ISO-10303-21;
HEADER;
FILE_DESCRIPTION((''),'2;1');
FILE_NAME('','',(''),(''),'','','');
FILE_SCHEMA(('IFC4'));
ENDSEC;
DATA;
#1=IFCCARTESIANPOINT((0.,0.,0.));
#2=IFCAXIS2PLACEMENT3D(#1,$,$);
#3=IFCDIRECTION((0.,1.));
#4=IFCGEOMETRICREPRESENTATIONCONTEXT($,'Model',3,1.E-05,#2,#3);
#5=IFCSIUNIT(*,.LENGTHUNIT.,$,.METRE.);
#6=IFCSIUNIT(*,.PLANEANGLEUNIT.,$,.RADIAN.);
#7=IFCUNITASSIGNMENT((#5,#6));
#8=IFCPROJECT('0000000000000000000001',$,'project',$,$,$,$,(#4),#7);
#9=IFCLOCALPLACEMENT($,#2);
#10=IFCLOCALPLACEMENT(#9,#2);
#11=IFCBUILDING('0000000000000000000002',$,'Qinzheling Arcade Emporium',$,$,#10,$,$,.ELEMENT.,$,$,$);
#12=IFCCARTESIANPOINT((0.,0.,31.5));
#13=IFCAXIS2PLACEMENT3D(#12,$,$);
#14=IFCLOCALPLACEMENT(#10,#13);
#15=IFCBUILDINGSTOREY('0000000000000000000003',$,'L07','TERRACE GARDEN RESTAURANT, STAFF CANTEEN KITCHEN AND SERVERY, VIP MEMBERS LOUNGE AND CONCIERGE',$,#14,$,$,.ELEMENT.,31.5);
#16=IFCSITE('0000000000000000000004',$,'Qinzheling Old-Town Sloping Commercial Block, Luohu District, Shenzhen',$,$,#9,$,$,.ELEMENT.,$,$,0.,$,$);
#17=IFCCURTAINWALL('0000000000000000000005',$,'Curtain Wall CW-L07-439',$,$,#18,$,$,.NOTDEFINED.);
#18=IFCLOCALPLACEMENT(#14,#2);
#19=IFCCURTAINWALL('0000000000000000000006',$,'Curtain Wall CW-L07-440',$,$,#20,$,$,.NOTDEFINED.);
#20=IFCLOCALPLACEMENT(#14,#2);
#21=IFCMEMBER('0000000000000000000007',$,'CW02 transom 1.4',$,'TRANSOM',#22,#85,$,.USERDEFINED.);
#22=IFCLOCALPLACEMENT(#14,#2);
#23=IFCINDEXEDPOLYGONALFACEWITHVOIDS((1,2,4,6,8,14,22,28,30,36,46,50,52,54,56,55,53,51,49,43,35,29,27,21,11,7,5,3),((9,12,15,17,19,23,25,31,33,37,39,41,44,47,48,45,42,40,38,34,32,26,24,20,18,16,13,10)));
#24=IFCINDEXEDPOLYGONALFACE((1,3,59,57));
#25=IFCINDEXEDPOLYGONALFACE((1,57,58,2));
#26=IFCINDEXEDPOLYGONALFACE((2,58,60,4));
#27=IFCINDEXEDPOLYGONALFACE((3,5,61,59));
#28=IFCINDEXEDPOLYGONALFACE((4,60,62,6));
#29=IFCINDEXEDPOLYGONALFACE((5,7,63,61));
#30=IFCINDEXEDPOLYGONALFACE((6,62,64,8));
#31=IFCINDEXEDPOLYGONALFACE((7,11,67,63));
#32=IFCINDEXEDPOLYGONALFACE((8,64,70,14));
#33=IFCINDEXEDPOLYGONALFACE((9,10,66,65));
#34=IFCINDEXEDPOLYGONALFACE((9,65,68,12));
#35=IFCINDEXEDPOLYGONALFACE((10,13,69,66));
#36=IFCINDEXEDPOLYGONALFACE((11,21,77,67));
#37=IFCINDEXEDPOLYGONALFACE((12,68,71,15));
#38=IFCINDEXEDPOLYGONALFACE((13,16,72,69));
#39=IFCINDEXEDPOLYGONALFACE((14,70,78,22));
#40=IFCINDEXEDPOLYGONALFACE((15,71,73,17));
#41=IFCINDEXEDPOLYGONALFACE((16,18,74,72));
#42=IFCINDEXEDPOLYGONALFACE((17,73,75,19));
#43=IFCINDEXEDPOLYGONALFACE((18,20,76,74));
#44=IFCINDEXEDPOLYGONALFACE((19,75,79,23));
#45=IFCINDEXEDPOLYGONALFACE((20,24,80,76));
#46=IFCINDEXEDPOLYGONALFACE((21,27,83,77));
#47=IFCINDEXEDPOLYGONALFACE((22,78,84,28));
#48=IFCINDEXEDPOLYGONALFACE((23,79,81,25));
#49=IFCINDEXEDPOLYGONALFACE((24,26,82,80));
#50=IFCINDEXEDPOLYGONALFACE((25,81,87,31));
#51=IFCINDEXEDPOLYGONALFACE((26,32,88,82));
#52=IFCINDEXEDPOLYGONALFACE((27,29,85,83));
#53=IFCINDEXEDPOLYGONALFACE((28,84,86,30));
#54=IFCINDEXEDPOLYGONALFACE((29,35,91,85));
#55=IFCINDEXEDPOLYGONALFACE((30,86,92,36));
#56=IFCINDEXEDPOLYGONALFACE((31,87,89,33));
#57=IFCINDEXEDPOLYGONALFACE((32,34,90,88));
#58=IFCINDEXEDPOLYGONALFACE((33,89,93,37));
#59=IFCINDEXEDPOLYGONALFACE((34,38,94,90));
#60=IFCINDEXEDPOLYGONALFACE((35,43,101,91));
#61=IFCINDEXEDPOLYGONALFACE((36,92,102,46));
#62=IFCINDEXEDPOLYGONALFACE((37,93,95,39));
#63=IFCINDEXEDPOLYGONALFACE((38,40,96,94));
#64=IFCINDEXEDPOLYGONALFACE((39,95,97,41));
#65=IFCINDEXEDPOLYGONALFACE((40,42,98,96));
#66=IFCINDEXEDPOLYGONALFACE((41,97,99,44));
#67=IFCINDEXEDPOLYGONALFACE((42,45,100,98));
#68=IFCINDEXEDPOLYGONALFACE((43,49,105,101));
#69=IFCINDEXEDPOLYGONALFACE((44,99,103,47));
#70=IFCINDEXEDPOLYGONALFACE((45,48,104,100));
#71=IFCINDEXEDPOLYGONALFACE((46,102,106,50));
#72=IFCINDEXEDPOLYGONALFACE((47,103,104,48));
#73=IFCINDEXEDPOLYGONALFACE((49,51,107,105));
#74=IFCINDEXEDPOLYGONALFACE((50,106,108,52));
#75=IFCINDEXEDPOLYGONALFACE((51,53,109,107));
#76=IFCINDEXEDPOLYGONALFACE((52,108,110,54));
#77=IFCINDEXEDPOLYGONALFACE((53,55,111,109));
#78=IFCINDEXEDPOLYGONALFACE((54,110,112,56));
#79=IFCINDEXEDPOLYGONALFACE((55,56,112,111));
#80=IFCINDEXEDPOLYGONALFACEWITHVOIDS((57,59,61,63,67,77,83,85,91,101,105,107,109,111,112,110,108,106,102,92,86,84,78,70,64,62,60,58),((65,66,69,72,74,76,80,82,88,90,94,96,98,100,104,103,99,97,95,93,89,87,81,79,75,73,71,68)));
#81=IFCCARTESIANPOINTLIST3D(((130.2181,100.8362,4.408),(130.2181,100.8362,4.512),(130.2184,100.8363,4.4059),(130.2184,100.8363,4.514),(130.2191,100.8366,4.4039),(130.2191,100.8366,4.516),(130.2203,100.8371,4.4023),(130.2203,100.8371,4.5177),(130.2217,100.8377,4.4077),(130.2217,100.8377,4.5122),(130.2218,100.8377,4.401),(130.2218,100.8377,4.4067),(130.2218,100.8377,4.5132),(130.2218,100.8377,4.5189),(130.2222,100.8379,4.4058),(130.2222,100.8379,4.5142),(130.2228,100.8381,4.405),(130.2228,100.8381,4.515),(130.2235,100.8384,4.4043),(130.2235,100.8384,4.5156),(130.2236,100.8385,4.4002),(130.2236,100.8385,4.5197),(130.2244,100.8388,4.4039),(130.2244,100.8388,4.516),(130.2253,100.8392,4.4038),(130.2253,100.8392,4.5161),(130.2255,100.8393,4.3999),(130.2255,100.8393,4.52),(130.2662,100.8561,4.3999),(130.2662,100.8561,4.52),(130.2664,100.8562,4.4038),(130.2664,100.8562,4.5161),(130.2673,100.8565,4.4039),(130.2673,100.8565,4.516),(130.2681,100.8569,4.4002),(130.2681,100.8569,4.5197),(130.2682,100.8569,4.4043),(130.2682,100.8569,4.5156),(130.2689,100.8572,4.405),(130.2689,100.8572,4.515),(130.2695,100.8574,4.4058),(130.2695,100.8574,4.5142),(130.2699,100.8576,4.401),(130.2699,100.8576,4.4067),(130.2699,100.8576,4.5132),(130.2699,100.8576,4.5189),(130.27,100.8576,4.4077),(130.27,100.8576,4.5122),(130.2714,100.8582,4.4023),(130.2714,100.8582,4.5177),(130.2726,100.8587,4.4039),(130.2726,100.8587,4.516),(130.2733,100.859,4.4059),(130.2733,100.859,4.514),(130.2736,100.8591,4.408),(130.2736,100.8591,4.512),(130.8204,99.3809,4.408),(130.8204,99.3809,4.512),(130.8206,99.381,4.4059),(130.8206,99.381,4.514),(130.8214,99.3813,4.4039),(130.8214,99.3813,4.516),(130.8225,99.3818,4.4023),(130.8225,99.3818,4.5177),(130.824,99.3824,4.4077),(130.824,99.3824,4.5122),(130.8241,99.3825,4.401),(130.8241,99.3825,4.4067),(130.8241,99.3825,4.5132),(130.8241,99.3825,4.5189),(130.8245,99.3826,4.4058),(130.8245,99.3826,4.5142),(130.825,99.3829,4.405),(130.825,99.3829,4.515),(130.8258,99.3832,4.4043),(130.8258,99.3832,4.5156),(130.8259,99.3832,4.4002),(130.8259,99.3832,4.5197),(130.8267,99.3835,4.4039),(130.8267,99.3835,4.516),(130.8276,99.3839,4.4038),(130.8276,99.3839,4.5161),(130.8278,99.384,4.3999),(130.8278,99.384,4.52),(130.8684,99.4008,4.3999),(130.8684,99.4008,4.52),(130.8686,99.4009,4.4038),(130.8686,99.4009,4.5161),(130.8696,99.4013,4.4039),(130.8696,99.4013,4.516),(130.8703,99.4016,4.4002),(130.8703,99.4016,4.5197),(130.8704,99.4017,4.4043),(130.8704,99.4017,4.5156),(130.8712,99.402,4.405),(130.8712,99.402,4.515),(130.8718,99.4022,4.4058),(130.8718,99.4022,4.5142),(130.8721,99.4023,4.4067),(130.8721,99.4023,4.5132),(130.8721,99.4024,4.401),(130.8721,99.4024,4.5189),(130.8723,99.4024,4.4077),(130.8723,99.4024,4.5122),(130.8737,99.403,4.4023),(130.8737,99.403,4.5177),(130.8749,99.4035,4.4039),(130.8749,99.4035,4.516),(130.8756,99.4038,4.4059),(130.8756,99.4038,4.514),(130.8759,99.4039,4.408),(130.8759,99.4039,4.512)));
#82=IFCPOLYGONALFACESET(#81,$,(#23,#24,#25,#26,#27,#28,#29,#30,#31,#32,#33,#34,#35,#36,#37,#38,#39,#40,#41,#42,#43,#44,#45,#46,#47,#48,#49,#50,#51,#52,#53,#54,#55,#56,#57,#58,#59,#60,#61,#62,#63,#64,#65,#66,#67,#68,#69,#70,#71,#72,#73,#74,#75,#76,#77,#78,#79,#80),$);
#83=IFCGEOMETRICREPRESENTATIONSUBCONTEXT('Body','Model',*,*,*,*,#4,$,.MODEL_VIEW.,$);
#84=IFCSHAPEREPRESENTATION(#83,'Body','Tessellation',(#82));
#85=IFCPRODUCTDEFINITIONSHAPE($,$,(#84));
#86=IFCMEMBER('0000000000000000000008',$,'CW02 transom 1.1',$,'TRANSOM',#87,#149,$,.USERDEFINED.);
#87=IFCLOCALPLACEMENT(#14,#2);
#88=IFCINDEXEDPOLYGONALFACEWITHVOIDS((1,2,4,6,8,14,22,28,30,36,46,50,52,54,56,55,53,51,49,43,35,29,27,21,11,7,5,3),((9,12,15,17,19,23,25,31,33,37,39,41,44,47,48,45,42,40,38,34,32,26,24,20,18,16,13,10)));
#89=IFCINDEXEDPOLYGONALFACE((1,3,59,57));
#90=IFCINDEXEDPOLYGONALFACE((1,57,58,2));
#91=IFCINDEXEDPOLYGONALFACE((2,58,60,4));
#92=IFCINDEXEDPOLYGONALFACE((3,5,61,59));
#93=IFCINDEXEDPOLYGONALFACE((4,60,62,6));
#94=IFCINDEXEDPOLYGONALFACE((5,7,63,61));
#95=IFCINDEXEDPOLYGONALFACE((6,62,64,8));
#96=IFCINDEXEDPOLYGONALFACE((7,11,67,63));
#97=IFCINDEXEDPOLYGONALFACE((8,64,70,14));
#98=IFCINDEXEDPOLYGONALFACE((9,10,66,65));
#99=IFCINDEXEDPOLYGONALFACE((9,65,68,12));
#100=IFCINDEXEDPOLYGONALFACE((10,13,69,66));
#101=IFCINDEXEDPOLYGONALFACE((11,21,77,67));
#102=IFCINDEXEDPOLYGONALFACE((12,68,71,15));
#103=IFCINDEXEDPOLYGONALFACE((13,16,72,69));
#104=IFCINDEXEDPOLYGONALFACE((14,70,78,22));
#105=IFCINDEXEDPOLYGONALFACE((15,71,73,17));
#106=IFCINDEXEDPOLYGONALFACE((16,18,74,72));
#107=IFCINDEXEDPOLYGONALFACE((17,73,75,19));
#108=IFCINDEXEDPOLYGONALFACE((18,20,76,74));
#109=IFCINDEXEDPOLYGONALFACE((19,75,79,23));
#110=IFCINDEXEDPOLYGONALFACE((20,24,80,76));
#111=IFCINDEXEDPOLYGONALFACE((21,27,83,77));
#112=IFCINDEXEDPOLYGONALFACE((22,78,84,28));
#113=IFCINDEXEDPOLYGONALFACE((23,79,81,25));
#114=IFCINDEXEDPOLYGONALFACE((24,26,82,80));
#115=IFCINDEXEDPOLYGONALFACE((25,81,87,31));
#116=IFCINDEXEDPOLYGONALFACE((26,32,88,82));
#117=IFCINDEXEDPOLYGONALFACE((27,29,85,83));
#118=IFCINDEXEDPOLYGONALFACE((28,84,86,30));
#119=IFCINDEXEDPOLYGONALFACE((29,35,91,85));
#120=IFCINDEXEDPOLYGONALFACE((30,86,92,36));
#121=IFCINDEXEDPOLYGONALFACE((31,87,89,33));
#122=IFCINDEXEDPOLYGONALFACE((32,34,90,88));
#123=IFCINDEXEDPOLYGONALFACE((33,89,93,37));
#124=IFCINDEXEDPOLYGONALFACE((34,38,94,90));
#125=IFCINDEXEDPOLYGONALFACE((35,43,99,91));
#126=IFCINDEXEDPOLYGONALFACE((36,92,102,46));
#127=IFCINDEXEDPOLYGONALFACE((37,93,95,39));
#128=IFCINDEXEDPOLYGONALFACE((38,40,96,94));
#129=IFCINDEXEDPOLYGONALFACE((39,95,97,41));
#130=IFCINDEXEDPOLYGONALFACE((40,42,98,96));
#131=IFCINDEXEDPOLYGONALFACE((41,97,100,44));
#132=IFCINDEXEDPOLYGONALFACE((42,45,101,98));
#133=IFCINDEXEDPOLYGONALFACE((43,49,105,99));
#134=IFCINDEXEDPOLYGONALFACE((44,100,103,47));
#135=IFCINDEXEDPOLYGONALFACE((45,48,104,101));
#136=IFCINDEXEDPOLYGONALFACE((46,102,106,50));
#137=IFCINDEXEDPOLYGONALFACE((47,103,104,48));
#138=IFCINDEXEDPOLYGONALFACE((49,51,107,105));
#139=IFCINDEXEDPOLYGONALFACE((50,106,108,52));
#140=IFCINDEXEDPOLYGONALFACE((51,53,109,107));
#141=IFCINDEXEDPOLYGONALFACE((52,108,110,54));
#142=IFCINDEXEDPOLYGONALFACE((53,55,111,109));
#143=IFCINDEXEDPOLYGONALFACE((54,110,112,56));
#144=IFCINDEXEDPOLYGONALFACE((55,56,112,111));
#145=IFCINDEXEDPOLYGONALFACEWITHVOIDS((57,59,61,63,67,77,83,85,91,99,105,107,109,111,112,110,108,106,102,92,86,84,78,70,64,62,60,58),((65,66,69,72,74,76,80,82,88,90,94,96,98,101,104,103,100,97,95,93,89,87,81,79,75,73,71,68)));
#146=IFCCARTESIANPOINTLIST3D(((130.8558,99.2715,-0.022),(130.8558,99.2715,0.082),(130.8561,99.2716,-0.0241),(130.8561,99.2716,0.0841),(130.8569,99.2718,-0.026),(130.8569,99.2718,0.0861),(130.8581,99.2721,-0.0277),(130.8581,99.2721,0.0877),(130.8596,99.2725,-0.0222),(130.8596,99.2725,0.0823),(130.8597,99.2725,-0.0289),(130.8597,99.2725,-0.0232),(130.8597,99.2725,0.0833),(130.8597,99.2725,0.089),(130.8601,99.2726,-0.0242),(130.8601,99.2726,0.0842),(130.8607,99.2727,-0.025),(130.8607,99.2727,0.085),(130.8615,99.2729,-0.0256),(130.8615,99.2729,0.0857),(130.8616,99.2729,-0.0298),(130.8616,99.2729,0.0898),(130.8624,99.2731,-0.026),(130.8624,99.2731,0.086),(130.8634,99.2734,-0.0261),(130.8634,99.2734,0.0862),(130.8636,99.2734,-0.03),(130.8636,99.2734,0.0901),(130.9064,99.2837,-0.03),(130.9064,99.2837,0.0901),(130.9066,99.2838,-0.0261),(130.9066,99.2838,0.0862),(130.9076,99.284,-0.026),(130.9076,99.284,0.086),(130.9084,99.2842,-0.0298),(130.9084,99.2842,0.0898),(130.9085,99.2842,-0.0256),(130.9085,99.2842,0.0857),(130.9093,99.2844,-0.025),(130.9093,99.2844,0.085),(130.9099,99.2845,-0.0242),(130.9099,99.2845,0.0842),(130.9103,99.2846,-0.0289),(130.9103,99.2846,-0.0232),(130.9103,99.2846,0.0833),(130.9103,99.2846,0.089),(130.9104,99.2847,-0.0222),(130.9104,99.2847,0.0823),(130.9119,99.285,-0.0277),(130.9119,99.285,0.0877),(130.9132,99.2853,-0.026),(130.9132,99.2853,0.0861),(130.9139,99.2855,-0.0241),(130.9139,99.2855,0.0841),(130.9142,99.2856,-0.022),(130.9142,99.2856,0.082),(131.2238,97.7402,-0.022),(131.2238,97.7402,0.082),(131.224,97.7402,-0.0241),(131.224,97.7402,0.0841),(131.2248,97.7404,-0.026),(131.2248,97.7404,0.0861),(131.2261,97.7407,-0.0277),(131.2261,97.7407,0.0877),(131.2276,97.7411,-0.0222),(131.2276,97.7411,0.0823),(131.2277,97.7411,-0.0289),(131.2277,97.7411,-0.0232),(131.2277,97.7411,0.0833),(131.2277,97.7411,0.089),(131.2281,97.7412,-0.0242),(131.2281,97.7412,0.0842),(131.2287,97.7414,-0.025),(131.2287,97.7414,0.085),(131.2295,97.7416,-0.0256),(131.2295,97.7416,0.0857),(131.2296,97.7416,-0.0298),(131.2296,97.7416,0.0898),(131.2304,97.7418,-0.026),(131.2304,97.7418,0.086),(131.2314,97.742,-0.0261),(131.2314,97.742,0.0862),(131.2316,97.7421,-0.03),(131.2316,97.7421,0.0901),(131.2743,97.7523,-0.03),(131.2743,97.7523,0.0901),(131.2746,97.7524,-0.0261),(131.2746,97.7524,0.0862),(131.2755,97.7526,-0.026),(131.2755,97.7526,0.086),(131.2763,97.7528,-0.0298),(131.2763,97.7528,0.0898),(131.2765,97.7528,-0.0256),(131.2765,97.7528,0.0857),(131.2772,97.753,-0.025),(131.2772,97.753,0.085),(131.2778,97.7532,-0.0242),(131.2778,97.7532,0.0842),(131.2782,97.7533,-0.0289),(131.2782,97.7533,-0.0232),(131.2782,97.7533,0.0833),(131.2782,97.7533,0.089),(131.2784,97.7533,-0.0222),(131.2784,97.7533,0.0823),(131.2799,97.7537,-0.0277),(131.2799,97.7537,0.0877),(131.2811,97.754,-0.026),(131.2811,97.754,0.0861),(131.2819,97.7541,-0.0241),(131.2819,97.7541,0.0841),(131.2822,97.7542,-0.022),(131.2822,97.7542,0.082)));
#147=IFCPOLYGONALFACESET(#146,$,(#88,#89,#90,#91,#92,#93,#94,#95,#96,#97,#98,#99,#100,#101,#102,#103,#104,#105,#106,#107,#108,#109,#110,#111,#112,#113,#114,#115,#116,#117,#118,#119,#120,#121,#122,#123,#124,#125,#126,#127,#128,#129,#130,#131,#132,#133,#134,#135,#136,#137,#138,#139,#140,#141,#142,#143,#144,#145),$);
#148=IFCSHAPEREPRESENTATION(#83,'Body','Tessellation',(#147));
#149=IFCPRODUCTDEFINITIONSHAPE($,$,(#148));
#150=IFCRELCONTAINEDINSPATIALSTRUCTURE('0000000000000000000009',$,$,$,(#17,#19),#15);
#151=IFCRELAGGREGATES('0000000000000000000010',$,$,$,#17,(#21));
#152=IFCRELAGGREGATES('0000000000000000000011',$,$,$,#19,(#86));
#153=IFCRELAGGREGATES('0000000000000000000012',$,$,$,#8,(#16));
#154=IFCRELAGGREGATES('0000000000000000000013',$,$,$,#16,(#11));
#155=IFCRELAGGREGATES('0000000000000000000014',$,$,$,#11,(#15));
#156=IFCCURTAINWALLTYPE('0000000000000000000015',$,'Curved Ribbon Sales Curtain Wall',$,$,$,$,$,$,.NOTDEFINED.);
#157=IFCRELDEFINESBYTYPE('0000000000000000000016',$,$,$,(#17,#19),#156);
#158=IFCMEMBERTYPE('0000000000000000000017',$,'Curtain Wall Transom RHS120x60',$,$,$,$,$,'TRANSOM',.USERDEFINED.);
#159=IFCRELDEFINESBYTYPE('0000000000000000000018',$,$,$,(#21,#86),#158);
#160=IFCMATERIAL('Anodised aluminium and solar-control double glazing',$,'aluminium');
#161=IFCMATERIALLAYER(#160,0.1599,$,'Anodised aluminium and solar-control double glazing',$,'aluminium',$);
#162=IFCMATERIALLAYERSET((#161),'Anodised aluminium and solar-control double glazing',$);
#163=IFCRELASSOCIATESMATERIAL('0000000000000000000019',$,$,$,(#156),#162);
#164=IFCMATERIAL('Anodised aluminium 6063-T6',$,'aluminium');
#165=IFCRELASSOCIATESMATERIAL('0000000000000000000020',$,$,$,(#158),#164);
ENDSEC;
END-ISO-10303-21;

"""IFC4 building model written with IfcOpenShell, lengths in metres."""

from ifc_helpers import new_model, si_unit, direction, frame, origin, origin_2d, place, context, subcontext, project, spatial, hollow_rectangle, extrude, material, layer, layer_set, material_profile, profile_set, type_object, element, aggregate, save


model = new_model("IFC4")

# Units and contexts
model_context = context("Model", 3, precision=1e-05, world=origin(), true_north=direction((0.0, 1.0)))
body_context = subcontext(model_context, "Body", "Model", "MODEL_VIEW")
ifc_project = project(units=[si_unit("LENGTHUNIT", "METRE"), si_unit("PLANEANGLEUNIT", "RADIAN")], contexts=[model_context])

# Site, building, storey
site_placement = place(None, origin())
site = spatial("IfcSite", under=ifc_project, at=site_placement, Name="Qinzheling Old-Town Sloping Commercial Block, Luohu District, Shenzhen", CompositionType="ELEMENT", RefElevation=0.0)
building_placement = place(site_placement, origin())
building = spatial("IfcBuilding", under=site, at=building_placement, Name="Qinzheling Arcade Emporium", CompositionType="ELEMENT")
storey_placement = place(building_placement, frame((0.0, 0.0, 31.5)))
storey = spatial("IfcBuildingStorey", under=building, at=storey_placement, Name="L07", Description="TERRACE GARDEN RESTAURANT, STAFF CANTEEN KITCHEN AND SERVERY, VIP MEMBERS LOUNGE AND CONCIERGE", CompositionType="ELEMENT", Elevation=31.5)

# Shared definitions
ifc_material_1 = material(Name="Anodised aluminium and solar-control double glazing", Category="aluminium")
ifc_layer_1 = layer(ifc_material_1, 0.1599, Name="Anodised aluminium and solar-control double glazing", Category="aluminium")
ifc_layer_set_1 = layer_set([ifc_layer_1], Name="Anodised aluminium and solar-control double glazing")
curtain_wall_type = type_object("IfcCurtainWallType", Name="Curved Ribbon Sales Curtain Wall", PredefinedType="NOTDEFINED", material=ifc_layer_set_1)
ifc_material_2 = material(Name="Anodised aluminium 6063-T6", Category="aluminium")

# Curtain walls
curtain_wall_1_placement = place(storey_placement, origin())
curtain_wall_1 = element("IfcCurtainWall", 1, at=curtain_wall_1_placement, inside=storey, type_object=curtain_wall_type, Name="Curtain Wall CW-L07-439", PredefinedType="NOTDEFINED")
curtain_wall_2_placement = place(storey_placement, origin())
curtain_wall_2 = element("IfcCurtainWall", 2, at=curtain_wall_2_placement, inside=storey, type_object=curtain_wall_type, Name="Curtain Wall CW-L07-440", PredefinedType="NOTDEFINED")

# Members
ifc_material_profile_1 = material_profile(ifc_material_2, hollow_rectangle(XDim=0.0601, YDim=0.1201, WallThickness=0.0039, InnerFilletRadius=0.0039, OuterFilletRadius=0.0081, at=origin_2d()), Name="RHS 120x60x4", Category="aluminium")
ifc_profile_set_1 = profile_set([ifc_material_profile_1], Name="Anodised aluminium 6063-T6")
member_type_1 = type_object("IfcMemberType", Name="Curtain Wall Transom RHS120x60", ElementType="TRANSOM", PredefinedType="USERDEFINED", material=ifc_profile_set_1)
member_1_placement = place(storey_placement, frame((130.2458, 100.8477, 4.46), z_axis=(0.382402, -0.923996, 0.0), x_axis=(0.923996, 0.382402, 0.0)))
member_1 = element("IfcMember", 3, at=member_1_placement, type_object=member_type_1, Name="CW02 transom 1.4", ObjectType="TRANSOM", PredefinedType="USERDEFINED", context=body_context, shape_type="SweptSolid", body=[
    extrude(hollow_rectangle(XDim=0.0601, YDim=0.1201, WallThickness=0.0039, InnerFilletRadius=0.0039, OuterFilletRadius=0.0081, at=origin_2d()), origin(), (0.0, 0.0, 1.0), 1.575),
])
member_2_placement = place(storey_placement, frame((130.885, 99.2786, 0.03), z_axis=(0.233625, -0.972327, 0.0), x_axis=(0.972327, 0.233625, 0.0)))
member_2 = element("IfcMember", 4, at=member_2_placement, type_object=member_type_1, Name="CW02 transom 1.1", ObjectType="TRANSOM", PredefinedType="USERDEFINED", context=body_context, shape_type="SweptSolid", body=[
    extrude(hollow_rectangle(XDim=0.0601, YDim=0.1201, WallThickness=0.0039, InnerFilletRadius=0.0039, OuterFilletRadius=0.0081, at=origin_2d()), origin(), (0.0, 0.0, 1.0), 1.575),
])

aggregate(curtain_wall_1, [member_1])
aggregate(curtain_wall_2, [member_2])

save(model, "model.ifc")
